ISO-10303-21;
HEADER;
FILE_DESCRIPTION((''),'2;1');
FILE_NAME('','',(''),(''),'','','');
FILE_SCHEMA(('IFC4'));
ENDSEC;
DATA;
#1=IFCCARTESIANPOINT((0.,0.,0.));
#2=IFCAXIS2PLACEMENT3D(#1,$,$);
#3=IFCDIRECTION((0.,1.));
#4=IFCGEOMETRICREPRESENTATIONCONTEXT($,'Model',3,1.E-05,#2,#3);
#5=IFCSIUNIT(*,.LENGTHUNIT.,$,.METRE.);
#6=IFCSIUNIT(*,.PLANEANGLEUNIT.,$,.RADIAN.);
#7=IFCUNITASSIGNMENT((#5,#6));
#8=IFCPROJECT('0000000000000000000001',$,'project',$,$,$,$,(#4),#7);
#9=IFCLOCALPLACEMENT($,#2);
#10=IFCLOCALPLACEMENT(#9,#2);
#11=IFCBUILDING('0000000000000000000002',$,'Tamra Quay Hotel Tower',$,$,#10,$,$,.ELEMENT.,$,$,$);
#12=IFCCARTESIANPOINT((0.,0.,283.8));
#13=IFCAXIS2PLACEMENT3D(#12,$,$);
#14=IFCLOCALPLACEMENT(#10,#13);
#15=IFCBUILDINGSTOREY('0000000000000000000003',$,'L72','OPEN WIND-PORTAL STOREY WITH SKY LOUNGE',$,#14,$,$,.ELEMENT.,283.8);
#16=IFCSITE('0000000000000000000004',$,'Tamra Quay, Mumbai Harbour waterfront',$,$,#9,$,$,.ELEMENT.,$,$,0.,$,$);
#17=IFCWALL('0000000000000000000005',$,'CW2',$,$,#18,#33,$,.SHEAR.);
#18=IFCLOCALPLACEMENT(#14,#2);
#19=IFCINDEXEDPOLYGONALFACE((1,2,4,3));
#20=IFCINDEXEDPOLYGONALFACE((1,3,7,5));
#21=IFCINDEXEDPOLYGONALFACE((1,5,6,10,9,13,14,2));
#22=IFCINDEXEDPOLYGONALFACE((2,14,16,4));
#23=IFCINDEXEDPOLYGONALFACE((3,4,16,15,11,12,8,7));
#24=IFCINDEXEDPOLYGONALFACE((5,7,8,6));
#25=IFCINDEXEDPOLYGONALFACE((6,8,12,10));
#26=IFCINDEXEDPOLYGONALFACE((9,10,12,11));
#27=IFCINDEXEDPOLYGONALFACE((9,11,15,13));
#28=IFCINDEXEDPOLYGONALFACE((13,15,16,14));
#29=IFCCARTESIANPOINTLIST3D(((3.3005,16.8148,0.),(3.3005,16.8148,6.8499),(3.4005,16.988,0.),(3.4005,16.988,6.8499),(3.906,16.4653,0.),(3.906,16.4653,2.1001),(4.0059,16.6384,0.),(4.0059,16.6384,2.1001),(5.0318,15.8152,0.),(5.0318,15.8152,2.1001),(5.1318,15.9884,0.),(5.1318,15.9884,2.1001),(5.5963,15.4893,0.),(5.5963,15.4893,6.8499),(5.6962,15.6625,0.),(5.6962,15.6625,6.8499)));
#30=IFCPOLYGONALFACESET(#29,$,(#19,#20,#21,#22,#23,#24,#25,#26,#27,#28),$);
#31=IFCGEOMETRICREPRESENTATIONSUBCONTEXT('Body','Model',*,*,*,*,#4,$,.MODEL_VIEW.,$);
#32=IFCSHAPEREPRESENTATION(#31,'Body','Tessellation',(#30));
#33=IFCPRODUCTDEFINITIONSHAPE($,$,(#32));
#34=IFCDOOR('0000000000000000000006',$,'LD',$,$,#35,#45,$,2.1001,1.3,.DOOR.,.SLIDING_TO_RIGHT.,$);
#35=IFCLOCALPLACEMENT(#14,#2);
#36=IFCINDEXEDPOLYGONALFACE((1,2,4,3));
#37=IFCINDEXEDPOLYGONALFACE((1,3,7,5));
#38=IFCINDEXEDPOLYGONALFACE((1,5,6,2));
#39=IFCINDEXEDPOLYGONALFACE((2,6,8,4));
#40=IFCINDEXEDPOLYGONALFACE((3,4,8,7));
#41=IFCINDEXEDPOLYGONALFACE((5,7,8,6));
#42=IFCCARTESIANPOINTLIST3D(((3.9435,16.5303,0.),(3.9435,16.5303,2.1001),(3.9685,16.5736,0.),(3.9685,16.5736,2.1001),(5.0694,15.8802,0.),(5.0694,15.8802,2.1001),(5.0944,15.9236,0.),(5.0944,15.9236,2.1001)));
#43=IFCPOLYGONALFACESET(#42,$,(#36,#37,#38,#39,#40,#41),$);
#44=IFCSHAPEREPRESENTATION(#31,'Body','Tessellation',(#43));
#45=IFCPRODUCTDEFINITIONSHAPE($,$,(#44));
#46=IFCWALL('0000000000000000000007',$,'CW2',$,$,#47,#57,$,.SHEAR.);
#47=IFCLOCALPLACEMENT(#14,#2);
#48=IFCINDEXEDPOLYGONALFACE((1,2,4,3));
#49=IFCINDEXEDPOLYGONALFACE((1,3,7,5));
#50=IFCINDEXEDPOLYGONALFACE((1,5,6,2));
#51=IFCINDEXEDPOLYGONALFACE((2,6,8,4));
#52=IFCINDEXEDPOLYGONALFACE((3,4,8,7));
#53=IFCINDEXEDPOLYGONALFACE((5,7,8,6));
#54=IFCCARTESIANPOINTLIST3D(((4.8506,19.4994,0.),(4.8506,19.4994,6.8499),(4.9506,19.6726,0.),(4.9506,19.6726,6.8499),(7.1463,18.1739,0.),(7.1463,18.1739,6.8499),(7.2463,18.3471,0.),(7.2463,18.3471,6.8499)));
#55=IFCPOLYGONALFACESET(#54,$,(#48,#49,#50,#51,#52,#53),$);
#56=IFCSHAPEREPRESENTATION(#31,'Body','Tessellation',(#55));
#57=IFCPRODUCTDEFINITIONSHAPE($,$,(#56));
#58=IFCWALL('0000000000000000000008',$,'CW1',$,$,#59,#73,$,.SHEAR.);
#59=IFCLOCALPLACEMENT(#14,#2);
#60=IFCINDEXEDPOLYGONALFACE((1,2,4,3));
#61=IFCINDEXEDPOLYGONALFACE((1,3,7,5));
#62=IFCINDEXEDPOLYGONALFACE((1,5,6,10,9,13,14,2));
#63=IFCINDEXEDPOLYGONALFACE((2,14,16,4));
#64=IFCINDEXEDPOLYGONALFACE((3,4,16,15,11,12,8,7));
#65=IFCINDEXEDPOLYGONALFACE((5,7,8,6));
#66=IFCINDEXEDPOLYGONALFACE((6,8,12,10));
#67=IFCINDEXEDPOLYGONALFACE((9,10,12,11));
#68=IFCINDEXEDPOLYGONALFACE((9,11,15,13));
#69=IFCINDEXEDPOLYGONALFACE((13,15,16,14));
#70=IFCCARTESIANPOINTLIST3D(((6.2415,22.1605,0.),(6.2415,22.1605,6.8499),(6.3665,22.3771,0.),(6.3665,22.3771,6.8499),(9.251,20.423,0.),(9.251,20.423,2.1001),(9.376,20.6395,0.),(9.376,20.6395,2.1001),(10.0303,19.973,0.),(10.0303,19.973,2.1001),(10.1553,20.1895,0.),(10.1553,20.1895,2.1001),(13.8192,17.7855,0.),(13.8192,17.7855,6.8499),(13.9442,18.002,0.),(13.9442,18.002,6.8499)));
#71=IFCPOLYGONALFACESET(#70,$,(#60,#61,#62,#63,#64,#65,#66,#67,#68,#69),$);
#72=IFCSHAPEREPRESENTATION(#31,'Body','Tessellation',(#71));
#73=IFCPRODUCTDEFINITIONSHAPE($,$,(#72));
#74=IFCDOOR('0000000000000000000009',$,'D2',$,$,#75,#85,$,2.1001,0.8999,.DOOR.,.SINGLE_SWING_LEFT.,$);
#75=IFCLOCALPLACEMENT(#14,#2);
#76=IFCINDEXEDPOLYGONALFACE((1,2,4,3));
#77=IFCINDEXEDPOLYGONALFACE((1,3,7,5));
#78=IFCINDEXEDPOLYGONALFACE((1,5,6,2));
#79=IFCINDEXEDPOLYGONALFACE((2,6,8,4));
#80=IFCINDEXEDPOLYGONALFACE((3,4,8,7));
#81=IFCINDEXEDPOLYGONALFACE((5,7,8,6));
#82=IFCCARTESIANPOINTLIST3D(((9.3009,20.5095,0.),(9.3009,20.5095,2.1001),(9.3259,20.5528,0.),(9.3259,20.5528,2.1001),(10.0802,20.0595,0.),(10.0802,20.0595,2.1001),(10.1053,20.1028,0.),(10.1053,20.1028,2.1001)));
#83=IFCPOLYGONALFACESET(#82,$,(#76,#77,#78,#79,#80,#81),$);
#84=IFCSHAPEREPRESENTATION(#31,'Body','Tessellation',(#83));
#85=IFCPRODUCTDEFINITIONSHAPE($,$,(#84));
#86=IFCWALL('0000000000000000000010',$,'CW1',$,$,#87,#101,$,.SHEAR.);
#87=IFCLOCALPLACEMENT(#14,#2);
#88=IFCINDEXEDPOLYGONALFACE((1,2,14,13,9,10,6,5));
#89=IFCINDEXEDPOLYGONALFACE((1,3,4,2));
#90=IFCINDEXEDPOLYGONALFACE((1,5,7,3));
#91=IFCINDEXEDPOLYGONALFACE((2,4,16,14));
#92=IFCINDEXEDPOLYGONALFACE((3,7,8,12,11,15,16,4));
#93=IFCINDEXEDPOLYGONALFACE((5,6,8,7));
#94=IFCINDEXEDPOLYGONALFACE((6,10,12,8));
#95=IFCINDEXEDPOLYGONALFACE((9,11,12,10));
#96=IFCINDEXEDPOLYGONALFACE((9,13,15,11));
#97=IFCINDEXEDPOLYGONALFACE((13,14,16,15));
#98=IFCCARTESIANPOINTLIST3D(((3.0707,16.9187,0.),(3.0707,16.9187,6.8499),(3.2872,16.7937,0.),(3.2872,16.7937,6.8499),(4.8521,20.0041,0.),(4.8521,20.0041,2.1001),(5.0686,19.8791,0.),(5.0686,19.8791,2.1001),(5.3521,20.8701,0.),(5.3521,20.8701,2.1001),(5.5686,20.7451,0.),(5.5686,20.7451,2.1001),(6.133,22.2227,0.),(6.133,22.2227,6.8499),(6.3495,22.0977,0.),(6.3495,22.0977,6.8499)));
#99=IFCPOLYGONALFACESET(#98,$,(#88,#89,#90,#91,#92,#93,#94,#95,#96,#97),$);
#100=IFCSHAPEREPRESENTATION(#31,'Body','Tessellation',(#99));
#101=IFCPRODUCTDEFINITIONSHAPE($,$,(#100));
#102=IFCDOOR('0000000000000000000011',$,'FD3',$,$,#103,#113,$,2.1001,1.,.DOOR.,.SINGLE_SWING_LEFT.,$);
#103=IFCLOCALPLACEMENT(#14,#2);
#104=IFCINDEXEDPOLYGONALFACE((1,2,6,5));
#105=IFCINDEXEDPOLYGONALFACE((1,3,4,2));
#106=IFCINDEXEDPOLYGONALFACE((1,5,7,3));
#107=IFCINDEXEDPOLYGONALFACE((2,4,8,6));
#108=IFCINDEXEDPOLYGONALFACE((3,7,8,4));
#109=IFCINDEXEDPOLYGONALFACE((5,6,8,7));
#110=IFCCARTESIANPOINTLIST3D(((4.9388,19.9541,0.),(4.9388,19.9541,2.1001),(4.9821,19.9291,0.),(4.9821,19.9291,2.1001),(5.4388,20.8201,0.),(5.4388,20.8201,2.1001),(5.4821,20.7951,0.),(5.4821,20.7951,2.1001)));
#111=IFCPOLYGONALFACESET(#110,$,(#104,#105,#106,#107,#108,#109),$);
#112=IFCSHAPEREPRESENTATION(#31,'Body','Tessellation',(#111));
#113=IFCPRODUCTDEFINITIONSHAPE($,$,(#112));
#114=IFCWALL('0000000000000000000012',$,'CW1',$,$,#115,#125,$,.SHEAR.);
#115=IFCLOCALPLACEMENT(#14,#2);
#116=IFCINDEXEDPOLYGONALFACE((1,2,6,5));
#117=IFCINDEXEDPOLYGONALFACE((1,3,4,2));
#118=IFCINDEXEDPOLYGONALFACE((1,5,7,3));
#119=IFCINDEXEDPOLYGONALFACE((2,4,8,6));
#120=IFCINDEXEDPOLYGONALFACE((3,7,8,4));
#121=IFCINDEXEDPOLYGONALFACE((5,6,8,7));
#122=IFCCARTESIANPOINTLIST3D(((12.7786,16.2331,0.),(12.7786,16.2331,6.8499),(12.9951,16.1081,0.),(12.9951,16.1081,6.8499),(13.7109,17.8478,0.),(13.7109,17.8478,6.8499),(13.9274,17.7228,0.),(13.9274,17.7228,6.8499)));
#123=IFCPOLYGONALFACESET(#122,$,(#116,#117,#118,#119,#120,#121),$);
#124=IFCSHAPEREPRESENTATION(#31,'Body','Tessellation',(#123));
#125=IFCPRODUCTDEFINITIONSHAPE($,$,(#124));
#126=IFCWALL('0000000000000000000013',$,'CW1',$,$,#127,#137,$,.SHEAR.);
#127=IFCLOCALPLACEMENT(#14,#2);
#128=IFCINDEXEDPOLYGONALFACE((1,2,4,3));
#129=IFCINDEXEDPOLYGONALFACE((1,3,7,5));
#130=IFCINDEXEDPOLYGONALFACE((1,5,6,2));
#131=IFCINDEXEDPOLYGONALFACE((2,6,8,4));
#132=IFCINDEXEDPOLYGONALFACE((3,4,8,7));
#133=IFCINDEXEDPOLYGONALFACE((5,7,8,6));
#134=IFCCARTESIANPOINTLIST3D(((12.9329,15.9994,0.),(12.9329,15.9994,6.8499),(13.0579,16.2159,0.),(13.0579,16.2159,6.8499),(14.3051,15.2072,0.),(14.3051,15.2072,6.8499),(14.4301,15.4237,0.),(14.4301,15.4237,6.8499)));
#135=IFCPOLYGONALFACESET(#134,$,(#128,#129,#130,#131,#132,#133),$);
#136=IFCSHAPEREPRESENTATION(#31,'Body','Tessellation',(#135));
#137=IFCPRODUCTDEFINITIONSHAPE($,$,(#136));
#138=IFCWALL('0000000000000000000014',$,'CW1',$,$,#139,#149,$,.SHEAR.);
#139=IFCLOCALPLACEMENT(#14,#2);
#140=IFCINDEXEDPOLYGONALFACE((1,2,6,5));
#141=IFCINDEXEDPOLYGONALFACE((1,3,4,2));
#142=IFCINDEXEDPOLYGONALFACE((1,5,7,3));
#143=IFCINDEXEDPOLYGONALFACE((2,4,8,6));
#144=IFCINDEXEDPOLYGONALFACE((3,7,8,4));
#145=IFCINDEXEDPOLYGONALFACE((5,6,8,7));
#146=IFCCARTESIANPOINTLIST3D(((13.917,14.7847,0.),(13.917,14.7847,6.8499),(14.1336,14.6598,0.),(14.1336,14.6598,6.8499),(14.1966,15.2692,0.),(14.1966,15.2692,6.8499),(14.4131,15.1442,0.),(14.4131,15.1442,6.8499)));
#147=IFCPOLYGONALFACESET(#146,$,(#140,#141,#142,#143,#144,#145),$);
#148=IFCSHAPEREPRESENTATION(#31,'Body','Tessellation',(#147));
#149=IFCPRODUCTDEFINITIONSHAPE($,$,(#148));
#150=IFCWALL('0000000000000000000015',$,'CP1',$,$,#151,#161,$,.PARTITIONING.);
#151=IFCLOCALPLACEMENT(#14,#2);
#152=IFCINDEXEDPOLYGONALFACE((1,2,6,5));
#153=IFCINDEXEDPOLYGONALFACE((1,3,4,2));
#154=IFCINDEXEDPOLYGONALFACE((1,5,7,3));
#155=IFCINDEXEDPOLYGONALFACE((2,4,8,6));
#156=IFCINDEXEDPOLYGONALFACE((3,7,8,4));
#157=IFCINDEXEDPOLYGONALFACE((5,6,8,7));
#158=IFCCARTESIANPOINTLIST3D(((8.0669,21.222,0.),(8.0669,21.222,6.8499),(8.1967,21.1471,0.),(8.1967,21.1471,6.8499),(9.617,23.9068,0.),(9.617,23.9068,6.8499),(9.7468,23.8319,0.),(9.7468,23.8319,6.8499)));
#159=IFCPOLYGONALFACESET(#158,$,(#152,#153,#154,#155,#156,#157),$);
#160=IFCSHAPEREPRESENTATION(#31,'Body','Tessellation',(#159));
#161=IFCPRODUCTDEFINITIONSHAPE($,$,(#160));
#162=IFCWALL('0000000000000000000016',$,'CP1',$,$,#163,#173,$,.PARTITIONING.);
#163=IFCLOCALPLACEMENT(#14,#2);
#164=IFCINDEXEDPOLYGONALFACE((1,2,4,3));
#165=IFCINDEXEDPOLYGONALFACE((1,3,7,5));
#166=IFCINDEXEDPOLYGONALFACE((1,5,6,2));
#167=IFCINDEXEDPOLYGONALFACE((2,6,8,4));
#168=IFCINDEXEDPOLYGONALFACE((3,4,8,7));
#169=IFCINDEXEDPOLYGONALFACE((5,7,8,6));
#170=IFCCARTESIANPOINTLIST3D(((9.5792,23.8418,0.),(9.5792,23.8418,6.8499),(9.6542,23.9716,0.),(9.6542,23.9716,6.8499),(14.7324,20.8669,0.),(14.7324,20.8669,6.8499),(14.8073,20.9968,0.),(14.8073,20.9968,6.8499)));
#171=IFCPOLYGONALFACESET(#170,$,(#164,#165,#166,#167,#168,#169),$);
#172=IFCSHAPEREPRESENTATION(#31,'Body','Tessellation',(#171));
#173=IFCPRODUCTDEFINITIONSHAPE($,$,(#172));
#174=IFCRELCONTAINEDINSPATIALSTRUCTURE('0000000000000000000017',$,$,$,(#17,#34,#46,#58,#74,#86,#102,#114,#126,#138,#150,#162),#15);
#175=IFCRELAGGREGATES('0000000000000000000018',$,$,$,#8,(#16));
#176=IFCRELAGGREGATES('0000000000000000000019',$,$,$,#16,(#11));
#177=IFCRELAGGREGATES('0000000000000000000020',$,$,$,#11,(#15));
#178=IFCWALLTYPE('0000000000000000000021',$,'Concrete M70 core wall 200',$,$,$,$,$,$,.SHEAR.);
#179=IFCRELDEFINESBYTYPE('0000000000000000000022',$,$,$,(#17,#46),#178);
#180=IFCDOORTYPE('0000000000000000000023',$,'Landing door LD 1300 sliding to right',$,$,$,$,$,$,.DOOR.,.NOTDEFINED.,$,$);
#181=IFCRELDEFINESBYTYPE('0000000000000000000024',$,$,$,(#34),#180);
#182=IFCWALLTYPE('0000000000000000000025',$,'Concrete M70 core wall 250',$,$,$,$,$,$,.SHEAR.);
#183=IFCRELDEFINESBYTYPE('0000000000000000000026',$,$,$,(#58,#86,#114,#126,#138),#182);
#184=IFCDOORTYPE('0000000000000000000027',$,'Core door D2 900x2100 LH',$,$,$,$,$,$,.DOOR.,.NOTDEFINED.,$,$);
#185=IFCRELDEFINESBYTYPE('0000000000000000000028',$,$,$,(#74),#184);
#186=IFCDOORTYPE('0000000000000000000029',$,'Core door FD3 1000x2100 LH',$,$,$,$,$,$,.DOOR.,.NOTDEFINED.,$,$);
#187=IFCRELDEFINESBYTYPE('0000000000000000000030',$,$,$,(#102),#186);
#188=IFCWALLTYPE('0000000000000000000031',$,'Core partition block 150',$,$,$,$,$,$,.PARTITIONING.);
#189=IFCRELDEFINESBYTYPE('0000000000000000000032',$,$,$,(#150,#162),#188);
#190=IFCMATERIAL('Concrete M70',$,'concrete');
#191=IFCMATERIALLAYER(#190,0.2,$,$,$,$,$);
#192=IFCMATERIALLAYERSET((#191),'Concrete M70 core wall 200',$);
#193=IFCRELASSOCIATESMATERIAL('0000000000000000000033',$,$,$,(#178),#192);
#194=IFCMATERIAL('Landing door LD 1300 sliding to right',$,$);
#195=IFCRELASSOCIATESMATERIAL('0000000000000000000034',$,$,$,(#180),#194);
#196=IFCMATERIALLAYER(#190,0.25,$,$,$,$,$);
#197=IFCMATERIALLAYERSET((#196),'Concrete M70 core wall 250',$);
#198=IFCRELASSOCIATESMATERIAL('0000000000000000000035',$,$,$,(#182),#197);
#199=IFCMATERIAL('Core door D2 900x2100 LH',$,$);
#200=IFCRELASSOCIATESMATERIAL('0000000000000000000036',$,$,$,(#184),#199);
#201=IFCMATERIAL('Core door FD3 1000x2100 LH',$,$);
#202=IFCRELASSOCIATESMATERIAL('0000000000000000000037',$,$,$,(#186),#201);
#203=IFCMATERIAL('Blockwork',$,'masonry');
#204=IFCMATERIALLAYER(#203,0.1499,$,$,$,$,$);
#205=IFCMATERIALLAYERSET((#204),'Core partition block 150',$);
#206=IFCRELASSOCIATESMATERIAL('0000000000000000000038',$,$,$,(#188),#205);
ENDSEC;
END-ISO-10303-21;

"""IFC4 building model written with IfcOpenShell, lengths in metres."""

from ifc_helpers import new_model, si_unit, direction, frame, frame_2d, origin, place, context, subcontext, project, spatial, rectangle, extrude, material, layer, layer_set, type_object, element, fill, save


model = new_model("IFC4")

# Units and contexts
model_context = context("Model", 3, precision=1e-05, world=origin(), true_north=direction((0.0, 1.0)))
body_context = subcontext(model_context, "Body", "Model", "MODEL_VIEW")
ifc_project = project(units=[si_unit("LENGTHUNIT", "METRE"), si_unit("PLANEANGLEUNIT", "RADIAN")], contexts=[model_context])

# Site, building, storey
site_placement = place(None, origin())
site = spatial("IfcSite", under=ifc_project, at=site_placement, Name="Tamra Quay, Mumbai Harbour waterfront", CompositionType="ELEMENT", RefElevation=0.0)
building_placement = place(site_placement, origin())
building = spatial("IfcBuilding", under=site, at=building_placement, Name="Tamra Quay Hotel Tower", CompositionType="ELEMENT")
storey_placement = place(building_placement, frame((0.0, 0.0, 283.8)))
storey = spatial("IfcBuildingStorey", under=building, at=storey_placement, Name="L72", Description="OPEN WIND-PORTAL STOREY WITH SKY LOUNGE", CompositionType="ELEMENT", Elevation=283.8)

# Shared definitions
ifc_material_1 = material(Name="Concrete M70", Category="concrete")

# Shared definitions
ifc_layer_1 = layer(ifc_material_1, 0.2)
ifc_layer_set_1 = layer_set([ifc_layer_1], Name="Concrete M70 core wall 200")
wall_type_1 = type_object("IfcWallType", Name="Concrete M70 core wall 200", PredefinedType="SHEAR", material=ifc_layer_set_1)

# Wall, opening, door
wall_1_placement = place(storey_placement, frame((5.6462, 15.5759, 0.0), z_axis=(0.0, 0.0, 1.0), x_axis=(-0.866018, 0.500012, 0.0)))
wall_1 = element("IfcWall", 1, at=wall_1_placement, inside=storey, type_object=wall_type_1, Name="CW2", PredefinedType="SHEAR", context=body_context, shape_type="SweptSolid", body=[
    extrude(rectangle(XDim=2.6509, YDim=0.2, at=frame_2d((1.3254, 0.0))), origin(), (0.0, 0.0, 1.0), 6.8499),
])
opening_1_placement = place(wall_1_placement, frame((0.6519, 0.0, 0.0)))
opening_1 = element("IfcOpeningElement", 2, at=opening_1_placement, cuts=wall_1, PredefinedType="OPENING", context=body_context, shape_type="SweptSolid", body=[
    extrude(rectangle(XDim=1.3, YDim=2.1001, at=frame_2d((0.6499, 1.05))), frame((0.0, 0.1099, 0.0), z_axis=(0.0, -1.0, 0.0), x_axis=(1.0, 0.0, 0.0)), (0.0, 0.0, 1.0), 0.22),
])
ifc_material_2 = material(Name="Landing door LD 1300 sliding to right")
door_type_1 = type_object("IfcDoorType", Name="Landing door LD 1300 sliding to right", OperationType="NOTDEFINED", PredefinedType="DOOR", material=ifc_material_2)
door_1_placement = place(opening_1_placement, origin())
door_1 = element("IfcDoor", 3, at=door_1_placement, inside=storey, type_object=door_type_1, Name="LD", OperationType="SLIDING_TO_RIGHT", OverallHeight=2.1001, OverallWidth=1.3, PredefinedType="DOOR", context=body_context, shape_type="SweptSolid", body=[
    extrude(rectangle(XDim=1.3, YDim=2.1001, at=frame_2d((0.6499, 1.05))), frame((0.0, 0.0249, 0.0), z_axis=(0.0, -1.0, 0.0), x_axis=(1.0, 0.0, 0.0)), (0.0, 0.0, 1.0), 0.05),
])
fill(opening_1, door_1)

# Wall
wall_2_placement = place(storey_placement, frame((7.1963, 18.2605, 0.0), z_axis=(0.0, 0.0, 1.0), x_axis=(-0.866018, 0.500012, 0.0)))
element("IfcWall", 4, at=wall_2_placement, inside=storey, type_object=wall_type_1, Name="CW2", PredefinedType="SHEAR", context=body_context, shape_type="SweptSolid", body=[
    extrude(rectangle(XDim=2.6509, YDim=0.2, at=frame_2d((1.3254, 0.0))), origin(), (0.0, 0.0, 1.0), 6.8499),
])

# Walls, openings, doors
ifc_layer_2 = layer(ifc_material_1, 0.25)
ifc_layer_set_2 = layer_set([ifc_layer_2], Name="Concrete M70 core wall 250")
wall_type_2 = type_object("IfcWallType", Name="Concrete M70 core wall 250", PredefinedType="SHEAR", material=ifc_layer_set_2)
wall_3_placement = place(storey_placement, frame((6.304, 22.2688, 0.0), z_axis=(0.0, 0.0, 1.0), x_axis=(0.866023, -0.500004, 0.0)))
wall_3 = element("IfcWall", 5, at=wall_3_placement, inside=storey, type_object=wall_type_2, Name="CW1", PredefinedType="SHEAR", context=body_context, shape_type="SweptSolid", body=[
    extrude(rectangle(XDim=8.75, YDim=0.25, at=frame_2d((4.375, 0.0))), origin(), (0.0, 0.0, 1.0), 6.8499),
])
opening_2_placement = place(wall_3_placement, frame((3.4751, 0.0, 0.0)))
opening_2 = element("IfcOpeningElement", 6, at=opening_2_placement, cuts=wall_3, PredefinedType="OPENING", context=body_context, shape_type="SweptSolid", body=[
    extrude(rectangle(XDim=0.8999, YDim=2.1001, at=frame_2d((0.45, 1.05))), frame((0.0, 0.135, 0.0), z_axis=(0.0, -1.0, 0.0), x_axis=(1.0, 0.0, 0.0)), (0.0, 0.0, 1.0), 0.27),
])
ifc_material_3 = material(Name="Core door D2 900x2100 LH")
door_type_2 = type_object("IfcDoorType", Name="Core door D2 900x2100 LH", OperationType="NOTDEFINED", PredefinedType="DOOR", material=ifc_material_3)
door_2_placement = place(opening_2_placement, origin())
door_2 = element("IfcDoor", 7, at=door_2_placement, inside=storey, type_object=door_type_2, Name="D2", OperationType="SINGLE_SWING_LEFT", OverallHeight=2.1001, OverallWidth=0.8999, PredefinedType="DOOR", context=body_context, shape_type="SweptSolid", body=[
    extrude(rectangle(XDim=0.8999, YDim=2.1001, at=frame_2d((0.45, 1.05))), frame((0.0, 0.0249, 0.0), z_axis=(0.0, -1.0, 0.0), x_axis=(1.0, 0.0, 0.0)), (0.0, 0.0, 1.0), 0.05),
])
fill(opening_2, door_2)
wall_4_placement = place(storey_placement, frame((3.179, 16.8562, 0.0), z_axis=(0.0, 0.0, 1.0), x_axis=(0.500002, 0.866024, 0.0)))
wall_4 = element("IfcWall", 8, at=wall_4_placement, inside=storey, type_object=wall_type_2, Name="CW1", PredefinedType="SHEAR", context=body_context, shape_type="SweptSolid", body=[
    extrude(rectangle(XDim=6.1245, YDim=0.25, at=frame_2d((3.0623, 0.0))), origin(), (0.0, 0.0, 1.0), 6.8499),
])
opening_3_placement = place(wall_4_placement, frame((3.5627, 0.0, 0.0)))
opening_3 = element("IfcOpeningElement", 9, at=opening_3_placement, cuts=wall_4, PredefinedType="OPENING", context=body_context, shape_type="SweptSolid", body=[
    extrude(rectangle(XDim=1.0, YDim=2.1001, at=frame_2d((0.5, 1.05))), frame((0.0, 0.135, 0.0), z_axis=(0.0, -1.0, 0.0), x_axis=(1.0, 0.0, 0.0)), (0.0, 0.0, 1.0), 0.27),
])
ifc_material_4 = material(Name="Core door FD3 1000x2100 LH")
door_type_3 = type_object("IfcDoorType", Name="Core door FD3 1000x2100 LH", OperationType="NOTDEFINED", PredefinedType="DOOR", material=ifc_material_4)
door_3_placement = place(opening_3_placement, origin())
door_3 = element("IfcDoor", 10, at=door_3_placement, inside=storey, type_object=door_type_3, Name="FD3", OperationType="SINGLE_SWING_LEFT", OverallHeight=2.1001, OverallWidth=1.0, PredefinedType="DOOR", context=body_context, shape_type="SweptSolid", body=[
    extrude(rectangle(XDim=1.0, YDim=2.1001, at=frame_2d((0.5, 1.05))), frame((0.0, 0.0249, 0.0), z_axis=(0.0, -1.0, 0.0), x_axis=(1.0, 0.0, 0.0)), (0.0, 0.0, 1.0), 0.05),
])
fill(opening_3, door_3)

# Walls
wall_5_placement = place(storey_placement, frame((13.8191, 17.7852, 0.0), z_axis=(0.0, 0.0, 1.0), x_axis=(-0.50004, -0.866002, 0.0)))
element("IfcWall", 11, at=wall_5_placement, inside=storey, type_object=wall_type_2, Name="CW1", PredefinedType="SHEAR", context=body_context, shape_type="SweptSolid", body=[
    extrude(rectangle(XDim=1.8645, YDim=0.25, at=frame_2d((0.9321, 0.0))), origin(), (0.0, 0.0, 1.0), 6.8499),
])
wall_6_placement = place(storey_placement, frame((12.9954, 16.1077, 0.0), z_axis=(0.0, 0.0, 1.0), x_axis=(0.866044, -0.499967, 0.0)))
element("IfcWall", 12, at=wall_6_placement, inside=storey, type_object=wall_type_2, Name="CW1", PredefinedType="SHEAR", context=body_context, shape_type="SweptSolid", body=[
    extrude(rectangle(XDim=1.5845, YDim=0.25, at=frame_2d((0.7922, 0.0))), origin(), (0.0, 0.0, 1.0), 6.8499),
])
wall_7_placement = place(storey_placement, frame((14.3049, 15.2068, 0.0), z_axis=(0.0, 0.0, 1.0), x_axis=(-0.499848, -0.866113, 0.0)))
element("IfcWall", 13, at=wall_7_placement, inside=storey, type_object=wall_type_2, Name="CW1", PredefinedType="SHEAR", context=body_context, shape_type="SweptSolid", body=[
    extrude(rectangle(XDim=0.5593, YDim=0.25, at=frame_2d((0.2798, 0.0))), origin(), (0.0, 0.0, 1.0), 6.8499),
])
ifc_material_5 = material(Name="Blockwork", Category="masonry")
ifc_layer_3 = layer(ifc_material_5, 0.1499)
ifc_layer_set_3 = layer_set([ifc_layer_3], Name="Core partition block 150")
wall_type_3 = type_object("IfcWallType", Name="Core partition block 150", PredefinedType="PARTITIONING", material=ifc_layer_set_3)
wall_8_placement = place(storey_placement, frame((8.1318, 21.1846, 0.0), z_axis=(0.0, 0.0, 1.0), x_axis=(0.499993, 0.86603, 0.0)))
element("IfcWall", 14, at=wall_8_placement, inside=storey, type_object=wall_type_3, Name="CP1", PredefinedType="PARTITIONING", context=body_context, shape_type="SweptSolid", body=[
    extrude(rectangle(XDim=3.1001, YDim=0.1499, at=frame_2d((1.55, 0.0))), origin(), (0.0, 0.0, 1.0), 6.8499),
])
wall_9_placement = place(storey_placement, frame((9.6167, 23.9067, 0.0), z_axis=(0.0, 0.0, 1.0), x_axis=(0.866046, -0.499965, 0.0)))
element("IfcWall", 15, at=wall_9_placement, inside=storey, type_object=wall_type_3, Name="CP1", PredefinedType="PARTITIONING", context=body_context, shape_type="SweptSolid", body=[
    extrude(rectangle(XDim=5.9502, YDim=0.1499, at=frame_2d((2.9751, 0.0))), origin(), (0.0, 0.0, 1.0), 6.8499),
])

save(model, "model.ifc")
